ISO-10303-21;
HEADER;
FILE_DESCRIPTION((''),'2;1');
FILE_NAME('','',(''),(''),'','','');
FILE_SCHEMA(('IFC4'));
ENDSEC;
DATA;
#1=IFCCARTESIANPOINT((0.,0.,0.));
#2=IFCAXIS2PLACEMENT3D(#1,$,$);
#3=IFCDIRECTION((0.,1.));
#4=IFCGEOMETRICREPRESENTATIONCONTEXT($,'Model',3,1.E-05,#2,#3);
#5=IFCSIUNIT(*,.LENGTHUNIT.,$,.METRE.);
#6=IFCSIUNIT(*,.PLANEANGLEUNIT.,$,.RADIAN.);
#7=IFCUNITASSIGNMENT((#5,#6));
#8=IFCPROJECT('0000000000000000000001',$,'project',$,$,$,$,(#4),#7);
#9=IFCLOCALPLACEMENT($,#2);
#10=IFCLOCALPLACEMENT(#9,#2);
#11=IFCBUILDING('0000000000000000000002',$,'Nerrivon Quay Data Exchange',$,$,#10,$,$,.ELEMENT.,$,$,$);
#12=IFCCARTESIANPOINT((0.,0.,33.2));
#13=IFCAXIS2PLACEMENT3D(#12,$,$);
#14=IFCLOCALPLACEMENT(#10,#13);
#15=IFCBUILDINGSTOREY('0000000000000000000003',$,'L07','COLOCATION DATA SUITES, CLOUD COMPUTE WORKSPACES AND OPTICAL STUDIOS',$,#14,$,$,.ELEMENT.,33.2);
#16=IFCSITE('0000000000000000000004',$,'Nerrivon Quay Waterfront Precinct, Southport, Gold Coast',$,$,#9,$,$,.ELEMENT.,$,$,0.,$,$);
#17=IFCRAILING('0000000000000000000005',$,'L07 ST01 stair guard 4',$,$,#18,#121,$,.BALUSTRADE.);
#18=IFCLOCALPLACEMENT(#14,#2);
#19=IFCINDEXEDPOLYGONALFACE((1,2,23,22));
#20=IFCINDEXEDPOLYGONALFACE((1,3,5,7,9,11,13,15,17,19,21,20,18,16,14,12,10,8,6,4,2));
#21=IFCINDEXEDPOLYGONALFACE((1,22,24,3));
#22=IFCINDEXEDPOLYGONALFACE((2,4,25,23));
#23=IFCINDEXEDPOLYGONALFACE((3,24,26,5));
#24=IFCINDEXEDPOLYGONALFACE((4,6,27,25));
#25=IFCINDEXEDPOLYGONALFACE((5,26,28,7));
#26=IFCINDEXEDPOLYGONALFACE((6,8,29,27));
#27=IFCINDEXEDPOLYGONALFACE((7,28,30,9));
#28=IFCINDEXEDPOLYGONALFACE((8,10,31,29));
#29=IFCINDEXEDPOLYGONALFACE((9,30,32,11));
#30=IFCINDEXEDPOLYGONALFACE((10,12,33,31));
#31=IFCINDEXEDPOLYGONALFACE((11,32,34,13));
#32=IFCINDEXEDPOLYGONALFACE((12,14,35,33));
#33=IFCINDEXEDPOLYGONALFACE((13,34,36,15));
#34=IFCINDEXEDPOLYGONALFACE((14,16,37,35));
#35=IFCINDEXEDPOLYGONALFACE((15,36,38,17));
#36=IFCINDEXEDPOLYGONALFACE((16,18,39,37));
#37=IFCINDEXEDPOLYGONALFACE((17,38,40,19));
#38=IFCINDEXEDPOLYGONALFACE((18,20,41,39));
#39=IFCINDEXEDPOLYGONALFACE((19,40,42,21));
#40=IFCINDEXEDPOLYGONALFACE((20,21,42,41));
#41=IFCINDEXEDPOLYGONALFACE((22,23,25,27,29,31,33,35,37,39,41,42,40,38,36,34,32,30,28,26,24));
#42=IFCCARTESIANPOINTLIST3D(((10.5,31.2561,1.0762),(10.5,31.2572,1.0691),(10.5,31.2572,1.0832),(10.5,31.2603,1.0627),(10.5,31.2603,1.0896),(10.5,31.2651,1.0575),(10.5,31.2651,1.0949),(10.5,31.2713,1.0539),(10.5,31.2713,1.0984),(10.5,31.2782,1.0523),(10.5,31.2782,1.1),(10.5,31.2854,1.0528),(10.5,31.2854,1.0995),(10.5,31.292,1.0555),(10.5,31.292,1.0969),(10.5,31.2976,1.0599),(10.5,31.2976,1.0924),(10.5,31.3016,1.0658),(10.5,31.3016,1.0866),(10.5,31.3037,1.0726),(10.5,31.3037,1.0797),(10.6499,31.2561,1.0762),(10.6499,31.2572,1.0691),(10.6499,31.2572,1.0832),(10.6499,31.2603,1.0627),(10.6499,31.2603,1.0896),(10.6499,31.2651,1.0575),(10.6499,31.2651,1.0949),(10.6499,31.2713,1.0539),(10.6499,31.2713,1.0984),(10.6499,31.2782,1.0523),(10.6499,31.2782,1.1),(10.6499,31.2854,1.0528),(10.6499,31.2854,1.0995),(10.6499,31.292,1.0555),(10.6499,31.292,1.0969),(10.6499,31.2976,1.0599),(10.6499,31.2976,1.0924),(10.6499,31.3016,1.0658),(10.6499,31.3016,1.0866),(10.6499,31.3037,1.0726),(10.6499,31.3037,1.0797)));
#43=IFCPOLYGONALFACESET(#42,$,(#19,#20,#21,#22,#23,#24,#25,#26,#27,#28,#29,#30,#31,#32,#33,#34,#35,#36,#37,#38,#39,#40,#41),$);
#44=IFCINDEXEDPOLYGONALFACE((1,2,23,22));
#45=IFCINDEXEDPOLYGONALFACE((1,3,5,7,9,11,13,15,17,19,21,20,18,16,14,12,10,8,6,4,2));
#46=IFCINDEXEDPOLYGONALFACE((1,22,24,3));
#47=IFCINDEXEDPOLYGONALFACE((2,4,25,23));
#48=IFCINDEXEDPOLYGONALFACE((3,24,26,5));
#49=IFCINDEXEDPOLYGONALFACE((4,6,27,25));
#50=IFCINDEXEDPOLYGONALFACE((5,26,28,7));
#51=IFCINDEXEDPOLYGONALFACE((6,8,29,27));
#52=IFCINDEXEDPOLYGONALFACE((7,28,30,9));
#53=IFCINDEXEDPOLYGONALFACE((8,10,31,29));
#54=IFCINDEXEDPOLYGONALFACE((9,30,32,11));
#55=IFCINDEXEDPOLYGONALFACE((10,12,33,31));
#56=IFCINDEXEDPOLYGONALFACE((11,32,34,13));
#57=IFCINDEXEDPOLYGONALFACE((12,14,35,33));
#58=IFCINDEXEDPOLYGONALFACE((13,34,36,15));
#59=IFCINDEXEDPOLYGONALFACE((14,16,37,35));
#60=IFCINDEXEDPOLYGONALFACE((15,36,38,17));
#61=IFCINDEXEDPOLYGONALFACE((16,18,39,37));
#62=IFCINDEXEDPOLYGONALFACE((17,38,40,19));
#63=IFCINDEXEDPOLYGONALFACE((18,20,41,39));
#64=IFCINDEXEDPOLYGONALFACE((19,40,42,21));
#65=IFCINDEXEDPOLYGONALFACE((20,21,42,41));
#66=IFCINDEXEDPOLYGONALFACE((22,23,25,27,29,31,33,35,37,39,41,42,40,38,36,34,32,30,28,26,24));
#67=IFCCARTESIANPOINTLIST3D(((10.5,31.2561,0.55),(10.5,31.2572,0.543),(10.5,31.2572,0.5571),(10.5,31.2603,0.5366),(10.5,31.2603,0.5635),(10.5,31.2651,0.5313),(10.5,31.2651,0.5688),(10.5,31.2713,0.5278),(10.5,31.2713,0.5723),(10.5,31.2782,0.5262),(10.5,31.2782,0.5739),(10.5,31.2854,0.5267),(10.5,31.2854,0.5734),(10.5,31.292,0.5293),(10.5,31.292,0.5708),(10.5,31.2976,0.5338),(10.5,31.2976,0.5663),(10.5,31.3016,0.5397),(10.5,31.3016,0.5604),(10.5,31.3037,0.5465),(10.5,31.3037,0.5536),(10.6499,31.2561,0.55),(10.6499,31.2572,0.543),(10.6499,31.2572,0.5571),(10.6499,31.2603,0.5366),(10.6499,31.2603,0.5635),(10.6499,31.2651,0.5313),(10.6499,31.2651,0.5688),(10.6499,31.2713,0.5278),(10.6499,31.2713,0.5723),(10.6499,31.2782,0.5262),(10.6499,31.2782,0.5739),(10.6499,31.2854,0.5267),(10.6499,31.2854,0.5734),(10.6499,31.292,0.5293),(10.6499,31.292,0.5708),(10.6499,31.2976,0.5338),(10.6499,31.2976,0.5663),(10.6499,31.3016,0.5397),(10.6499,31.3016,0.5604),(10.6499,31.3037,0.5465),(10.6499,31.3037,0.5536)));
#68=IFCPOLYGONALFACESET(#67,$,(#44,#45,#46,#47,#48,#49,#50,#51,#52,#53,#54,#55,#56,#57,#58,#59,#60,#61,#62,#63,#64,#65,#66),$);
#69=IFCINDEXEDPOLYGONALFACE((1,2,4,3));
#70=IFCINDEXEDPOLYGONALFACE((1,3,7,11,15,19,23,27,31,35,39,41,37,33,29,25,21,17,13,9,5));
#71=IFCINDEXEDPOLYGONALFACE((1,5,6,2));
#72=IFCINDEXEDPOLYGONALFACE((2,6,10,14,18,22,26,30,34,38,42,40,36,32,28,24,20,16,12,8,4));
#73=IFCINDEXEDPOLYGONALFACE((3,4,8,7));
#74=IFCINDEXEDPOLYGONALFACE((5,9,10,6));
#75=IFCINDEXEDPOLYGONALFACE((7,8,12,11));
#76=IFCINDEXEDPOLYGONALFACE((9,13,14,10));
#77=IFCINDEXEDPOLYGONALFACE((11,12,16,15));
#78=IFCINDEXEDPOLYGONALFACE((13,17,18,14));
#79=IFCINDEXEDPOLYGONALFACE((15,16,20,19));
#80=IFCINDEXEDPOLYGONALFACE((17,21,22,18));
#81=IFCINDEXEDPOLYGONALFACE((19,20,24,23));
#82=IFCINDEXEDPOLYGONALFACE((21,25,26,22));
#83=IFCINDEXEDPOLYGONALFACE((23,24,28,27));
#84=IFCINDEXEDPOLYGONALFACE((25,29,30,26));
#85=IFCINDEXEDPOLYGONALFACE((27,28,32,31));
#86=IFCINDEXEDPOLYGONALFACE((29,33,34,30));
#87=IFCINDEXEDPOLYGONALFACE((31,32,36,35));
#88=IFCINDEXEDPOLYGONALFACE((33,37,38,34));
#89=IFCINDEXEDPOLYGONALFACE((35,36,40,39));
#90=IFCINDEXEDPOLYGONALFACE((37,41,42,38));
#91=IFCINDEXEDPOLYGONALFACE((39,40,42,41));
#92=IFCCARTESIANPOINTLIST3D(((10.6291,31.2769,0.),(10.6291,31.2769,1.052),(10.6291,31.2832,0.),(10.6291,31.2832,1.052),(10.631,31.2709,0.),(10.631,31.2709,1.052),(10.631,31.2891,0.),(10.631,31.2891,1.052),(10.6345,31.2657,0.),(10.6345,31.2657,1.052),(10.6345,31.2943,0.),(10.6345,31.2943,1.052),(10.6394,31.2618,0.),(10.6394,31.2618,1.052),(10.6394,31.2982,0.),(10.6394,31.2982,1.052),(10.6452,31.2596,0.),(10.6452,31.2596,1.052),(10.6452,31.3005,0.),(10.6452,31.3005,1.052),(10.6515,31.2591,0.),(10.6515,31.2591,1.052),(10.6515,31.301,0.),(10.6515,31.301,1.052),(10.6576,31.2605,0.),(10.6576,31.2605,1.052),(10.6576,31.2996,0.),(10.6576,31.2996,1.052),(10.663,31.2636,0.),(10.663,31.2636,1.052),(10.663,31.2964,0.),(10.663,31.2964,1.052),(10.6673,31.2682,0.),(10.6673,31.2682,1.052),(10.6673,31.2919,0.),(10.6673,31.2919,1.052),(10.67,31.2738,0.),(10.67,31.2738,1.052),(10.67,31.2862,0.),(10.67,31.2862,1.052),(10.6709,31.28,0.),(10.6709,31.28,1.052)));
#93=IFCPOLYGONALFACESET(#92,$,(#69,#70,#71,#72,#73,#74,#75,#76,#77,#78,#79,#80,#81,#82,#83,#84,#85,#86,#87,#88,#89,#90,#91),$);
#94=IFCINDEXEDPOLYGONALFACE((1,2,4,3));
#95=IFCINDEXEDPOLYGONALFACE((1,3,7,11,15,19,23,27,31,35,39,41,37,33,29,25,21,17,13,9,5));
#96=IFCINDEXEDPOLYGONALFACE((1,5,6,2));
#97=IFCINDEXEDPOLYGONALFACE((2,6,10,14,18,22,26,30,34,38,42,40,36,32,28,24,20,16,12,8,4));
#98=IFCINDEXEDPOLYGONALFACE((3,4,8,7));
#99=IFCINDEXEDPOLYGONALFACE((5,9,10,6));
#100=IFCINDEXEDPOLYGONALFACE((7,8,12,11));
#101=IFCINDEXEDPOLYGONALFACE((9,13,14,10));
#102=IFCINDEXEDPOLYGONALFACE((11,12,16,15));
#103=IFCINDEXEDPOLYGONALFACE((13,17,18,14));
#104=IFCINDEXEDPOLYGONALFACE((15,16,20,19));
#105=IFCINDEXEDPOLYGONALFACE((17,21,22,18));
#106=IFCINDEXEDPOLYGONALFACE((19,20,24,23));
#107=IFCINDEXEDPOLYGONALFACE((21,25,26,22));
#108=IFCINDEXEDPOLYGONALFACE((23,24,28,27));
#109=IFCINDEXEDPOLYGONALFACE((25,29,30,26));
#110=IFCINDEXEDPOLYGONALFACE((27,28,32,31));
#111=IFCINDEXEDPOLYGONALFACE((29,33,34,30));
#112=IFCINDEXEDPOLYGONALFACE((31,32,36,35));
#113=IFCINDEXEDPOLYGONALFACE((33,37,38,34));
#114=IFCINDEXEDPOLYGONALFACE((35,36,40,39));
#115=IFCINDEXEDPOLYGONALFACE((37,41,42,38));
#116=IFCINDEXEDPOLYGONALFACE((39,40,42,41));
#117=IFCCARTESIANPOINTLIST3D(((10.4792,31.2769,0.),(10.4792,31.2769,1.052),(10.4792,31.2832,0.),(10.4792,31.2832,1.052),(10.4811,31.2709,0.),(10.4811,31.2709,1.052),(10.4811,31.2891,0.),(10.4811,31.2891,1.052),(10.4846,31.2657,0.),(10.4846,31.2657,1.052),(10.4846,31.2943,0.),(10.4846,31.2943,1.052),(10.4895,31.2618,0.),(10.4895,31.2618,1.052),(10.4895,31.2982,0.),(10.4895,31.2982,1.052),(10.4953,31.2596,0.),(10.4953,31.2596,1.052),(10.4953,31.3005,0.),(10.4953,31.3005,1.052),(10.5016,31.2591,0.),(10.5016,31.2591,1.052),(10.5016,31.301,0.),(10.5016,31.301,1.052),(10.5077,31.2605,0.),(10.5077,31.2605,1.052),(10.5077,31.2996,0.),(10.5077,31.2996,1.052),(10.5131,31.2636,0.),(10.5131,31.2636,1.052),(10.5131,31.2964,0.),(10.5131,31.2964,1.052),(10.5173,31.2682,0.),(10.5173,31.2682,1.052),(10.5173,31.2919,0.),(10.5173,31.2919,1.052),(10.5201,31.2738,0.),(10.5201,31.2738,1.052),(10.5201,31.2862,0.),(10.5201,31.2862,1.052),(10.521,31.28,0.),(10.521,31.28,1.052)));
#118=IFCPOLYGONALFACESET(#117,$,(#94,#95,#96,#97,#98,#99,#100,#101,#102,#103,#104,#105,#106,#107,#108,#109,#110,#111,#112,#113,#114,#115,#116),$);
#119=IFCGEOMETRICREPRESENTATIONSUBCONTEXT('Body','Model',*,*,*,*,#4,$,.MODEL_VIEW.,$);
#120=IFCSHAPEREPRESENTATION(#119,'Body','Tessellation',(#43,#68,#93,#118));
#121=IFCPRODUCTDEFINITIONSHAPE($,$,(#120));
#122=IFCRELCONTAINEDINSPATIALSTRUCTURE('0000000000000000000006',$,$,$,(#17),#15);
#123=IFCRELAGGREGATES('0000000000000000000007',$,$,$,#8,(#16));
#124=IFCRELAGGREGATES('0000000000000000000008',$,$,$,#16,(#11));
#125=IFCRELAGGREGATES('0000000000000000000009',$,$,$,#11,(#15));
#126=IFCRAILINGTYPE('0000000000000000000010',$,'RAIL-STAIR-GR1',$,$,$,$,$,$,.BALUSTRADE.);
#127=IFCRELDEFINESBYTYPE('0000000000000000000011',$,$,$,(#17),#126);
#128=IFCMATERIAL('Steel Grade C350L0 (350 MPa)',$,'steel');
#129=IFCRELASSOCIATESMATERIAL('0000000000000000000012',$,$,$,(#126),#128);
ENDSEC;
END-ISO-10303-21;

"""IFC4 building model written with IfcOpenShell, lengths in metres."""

from ifc_helpers import new_model, si_unit, direction, frame, origin, origin_2d, place, context, subcontext, project, spatial, circle, extrude, material, type_object, element, save


model = new_model("IFC4")

# Units and contexts
model_context = context("Model", 3, precision=1e-05, world=origin(), true_north=direction((0.0, 1.0)))
body_context = subcontext(model_context, "Body", "Model", "MODEL_VIEW")
ifc_project = project(units=[si_unit("LENGTHUNIT", "METRE"), si_unit("PLANEANGLEUNIT", "RADIAN")], contexts=[model_context])

# Site, building, storey
site_placement = place(None, origin())
site = spatial("IfcSite", under=ifc_project, at=site_placement, Name="Nerrivon Quay Waterfront Precinct, Southport, Gold Coast", CompositionType="ELEMENT", RefElevation=0.0)
building_placement = place(site_placement, origin())
building = spatial("IfcBuilding", under=site, at=building_placement, Name="Nerrivon Quay Data Exchange", CompositionType="ELEMENT")
storey_placement = place(building_placement, frame((0.0, 0.0, 33.2)))
storey = spatial("IfcBuildingStorey", under=building, at=storey_placement, Name="L07", Description="COLOCATION DATA SUITES, CLOUD COMPUTE WORKSPACES AND OPTICAL STUDIOS", CompositionType="ELEMENT", Elevation=33.2)

# Railing
ifc_material_1 = material(Name="Steel Grade C350L0 (350 MPa)", Category="steel")
railing_type_1 = type_object("IfcRailingType", Name="RAIL-STAIR-GR1", PredefinedType="BALUSTRADE", material=ifc_material_1)
railing_1_placement = place(storey_placement, frame((10.6499, 31.28, 0.0)))
element("IfcRailing", 1, at=railing_1_placement, inside=storey, type_object=railing_type_1, Name="L07 ST01 stair guard 4", PredefinedType="BALUSTRADE", context=body_context, shape_type="SweptSolid", body=[
    extrude(circle(Radius=0.0239, at=origin_2d()), frame((0.0, 0.0, 1.0762), z_axis=(-1.0, 0.0, 0.0), x_axis=(0.0, -1.0, 0.0)), (0.0, 0.0, 1.0), 0.1499),
    extrude(circle(Radius=0.0239, at=origin_2d()), frame((0.0, 0.0, 0.55), z_axis=(-1.0, 0.0, 0.0), x_axis=(0.0, -1.0, 0.0)), (0.0, 0.0, 1.0), 0.1499),
    extrude(circle(Radius=0.021, at=origin_2d()), origin(), (0.0, 0.0, 1.0), 1.052),
    extrude(circle(Radius=0.021, at=origin_2d()), frame((-0.1499, 0.0, 0.0)), (0.0, 0.0, 1.0), 1.052),
])

save(model, "model.ifc")
